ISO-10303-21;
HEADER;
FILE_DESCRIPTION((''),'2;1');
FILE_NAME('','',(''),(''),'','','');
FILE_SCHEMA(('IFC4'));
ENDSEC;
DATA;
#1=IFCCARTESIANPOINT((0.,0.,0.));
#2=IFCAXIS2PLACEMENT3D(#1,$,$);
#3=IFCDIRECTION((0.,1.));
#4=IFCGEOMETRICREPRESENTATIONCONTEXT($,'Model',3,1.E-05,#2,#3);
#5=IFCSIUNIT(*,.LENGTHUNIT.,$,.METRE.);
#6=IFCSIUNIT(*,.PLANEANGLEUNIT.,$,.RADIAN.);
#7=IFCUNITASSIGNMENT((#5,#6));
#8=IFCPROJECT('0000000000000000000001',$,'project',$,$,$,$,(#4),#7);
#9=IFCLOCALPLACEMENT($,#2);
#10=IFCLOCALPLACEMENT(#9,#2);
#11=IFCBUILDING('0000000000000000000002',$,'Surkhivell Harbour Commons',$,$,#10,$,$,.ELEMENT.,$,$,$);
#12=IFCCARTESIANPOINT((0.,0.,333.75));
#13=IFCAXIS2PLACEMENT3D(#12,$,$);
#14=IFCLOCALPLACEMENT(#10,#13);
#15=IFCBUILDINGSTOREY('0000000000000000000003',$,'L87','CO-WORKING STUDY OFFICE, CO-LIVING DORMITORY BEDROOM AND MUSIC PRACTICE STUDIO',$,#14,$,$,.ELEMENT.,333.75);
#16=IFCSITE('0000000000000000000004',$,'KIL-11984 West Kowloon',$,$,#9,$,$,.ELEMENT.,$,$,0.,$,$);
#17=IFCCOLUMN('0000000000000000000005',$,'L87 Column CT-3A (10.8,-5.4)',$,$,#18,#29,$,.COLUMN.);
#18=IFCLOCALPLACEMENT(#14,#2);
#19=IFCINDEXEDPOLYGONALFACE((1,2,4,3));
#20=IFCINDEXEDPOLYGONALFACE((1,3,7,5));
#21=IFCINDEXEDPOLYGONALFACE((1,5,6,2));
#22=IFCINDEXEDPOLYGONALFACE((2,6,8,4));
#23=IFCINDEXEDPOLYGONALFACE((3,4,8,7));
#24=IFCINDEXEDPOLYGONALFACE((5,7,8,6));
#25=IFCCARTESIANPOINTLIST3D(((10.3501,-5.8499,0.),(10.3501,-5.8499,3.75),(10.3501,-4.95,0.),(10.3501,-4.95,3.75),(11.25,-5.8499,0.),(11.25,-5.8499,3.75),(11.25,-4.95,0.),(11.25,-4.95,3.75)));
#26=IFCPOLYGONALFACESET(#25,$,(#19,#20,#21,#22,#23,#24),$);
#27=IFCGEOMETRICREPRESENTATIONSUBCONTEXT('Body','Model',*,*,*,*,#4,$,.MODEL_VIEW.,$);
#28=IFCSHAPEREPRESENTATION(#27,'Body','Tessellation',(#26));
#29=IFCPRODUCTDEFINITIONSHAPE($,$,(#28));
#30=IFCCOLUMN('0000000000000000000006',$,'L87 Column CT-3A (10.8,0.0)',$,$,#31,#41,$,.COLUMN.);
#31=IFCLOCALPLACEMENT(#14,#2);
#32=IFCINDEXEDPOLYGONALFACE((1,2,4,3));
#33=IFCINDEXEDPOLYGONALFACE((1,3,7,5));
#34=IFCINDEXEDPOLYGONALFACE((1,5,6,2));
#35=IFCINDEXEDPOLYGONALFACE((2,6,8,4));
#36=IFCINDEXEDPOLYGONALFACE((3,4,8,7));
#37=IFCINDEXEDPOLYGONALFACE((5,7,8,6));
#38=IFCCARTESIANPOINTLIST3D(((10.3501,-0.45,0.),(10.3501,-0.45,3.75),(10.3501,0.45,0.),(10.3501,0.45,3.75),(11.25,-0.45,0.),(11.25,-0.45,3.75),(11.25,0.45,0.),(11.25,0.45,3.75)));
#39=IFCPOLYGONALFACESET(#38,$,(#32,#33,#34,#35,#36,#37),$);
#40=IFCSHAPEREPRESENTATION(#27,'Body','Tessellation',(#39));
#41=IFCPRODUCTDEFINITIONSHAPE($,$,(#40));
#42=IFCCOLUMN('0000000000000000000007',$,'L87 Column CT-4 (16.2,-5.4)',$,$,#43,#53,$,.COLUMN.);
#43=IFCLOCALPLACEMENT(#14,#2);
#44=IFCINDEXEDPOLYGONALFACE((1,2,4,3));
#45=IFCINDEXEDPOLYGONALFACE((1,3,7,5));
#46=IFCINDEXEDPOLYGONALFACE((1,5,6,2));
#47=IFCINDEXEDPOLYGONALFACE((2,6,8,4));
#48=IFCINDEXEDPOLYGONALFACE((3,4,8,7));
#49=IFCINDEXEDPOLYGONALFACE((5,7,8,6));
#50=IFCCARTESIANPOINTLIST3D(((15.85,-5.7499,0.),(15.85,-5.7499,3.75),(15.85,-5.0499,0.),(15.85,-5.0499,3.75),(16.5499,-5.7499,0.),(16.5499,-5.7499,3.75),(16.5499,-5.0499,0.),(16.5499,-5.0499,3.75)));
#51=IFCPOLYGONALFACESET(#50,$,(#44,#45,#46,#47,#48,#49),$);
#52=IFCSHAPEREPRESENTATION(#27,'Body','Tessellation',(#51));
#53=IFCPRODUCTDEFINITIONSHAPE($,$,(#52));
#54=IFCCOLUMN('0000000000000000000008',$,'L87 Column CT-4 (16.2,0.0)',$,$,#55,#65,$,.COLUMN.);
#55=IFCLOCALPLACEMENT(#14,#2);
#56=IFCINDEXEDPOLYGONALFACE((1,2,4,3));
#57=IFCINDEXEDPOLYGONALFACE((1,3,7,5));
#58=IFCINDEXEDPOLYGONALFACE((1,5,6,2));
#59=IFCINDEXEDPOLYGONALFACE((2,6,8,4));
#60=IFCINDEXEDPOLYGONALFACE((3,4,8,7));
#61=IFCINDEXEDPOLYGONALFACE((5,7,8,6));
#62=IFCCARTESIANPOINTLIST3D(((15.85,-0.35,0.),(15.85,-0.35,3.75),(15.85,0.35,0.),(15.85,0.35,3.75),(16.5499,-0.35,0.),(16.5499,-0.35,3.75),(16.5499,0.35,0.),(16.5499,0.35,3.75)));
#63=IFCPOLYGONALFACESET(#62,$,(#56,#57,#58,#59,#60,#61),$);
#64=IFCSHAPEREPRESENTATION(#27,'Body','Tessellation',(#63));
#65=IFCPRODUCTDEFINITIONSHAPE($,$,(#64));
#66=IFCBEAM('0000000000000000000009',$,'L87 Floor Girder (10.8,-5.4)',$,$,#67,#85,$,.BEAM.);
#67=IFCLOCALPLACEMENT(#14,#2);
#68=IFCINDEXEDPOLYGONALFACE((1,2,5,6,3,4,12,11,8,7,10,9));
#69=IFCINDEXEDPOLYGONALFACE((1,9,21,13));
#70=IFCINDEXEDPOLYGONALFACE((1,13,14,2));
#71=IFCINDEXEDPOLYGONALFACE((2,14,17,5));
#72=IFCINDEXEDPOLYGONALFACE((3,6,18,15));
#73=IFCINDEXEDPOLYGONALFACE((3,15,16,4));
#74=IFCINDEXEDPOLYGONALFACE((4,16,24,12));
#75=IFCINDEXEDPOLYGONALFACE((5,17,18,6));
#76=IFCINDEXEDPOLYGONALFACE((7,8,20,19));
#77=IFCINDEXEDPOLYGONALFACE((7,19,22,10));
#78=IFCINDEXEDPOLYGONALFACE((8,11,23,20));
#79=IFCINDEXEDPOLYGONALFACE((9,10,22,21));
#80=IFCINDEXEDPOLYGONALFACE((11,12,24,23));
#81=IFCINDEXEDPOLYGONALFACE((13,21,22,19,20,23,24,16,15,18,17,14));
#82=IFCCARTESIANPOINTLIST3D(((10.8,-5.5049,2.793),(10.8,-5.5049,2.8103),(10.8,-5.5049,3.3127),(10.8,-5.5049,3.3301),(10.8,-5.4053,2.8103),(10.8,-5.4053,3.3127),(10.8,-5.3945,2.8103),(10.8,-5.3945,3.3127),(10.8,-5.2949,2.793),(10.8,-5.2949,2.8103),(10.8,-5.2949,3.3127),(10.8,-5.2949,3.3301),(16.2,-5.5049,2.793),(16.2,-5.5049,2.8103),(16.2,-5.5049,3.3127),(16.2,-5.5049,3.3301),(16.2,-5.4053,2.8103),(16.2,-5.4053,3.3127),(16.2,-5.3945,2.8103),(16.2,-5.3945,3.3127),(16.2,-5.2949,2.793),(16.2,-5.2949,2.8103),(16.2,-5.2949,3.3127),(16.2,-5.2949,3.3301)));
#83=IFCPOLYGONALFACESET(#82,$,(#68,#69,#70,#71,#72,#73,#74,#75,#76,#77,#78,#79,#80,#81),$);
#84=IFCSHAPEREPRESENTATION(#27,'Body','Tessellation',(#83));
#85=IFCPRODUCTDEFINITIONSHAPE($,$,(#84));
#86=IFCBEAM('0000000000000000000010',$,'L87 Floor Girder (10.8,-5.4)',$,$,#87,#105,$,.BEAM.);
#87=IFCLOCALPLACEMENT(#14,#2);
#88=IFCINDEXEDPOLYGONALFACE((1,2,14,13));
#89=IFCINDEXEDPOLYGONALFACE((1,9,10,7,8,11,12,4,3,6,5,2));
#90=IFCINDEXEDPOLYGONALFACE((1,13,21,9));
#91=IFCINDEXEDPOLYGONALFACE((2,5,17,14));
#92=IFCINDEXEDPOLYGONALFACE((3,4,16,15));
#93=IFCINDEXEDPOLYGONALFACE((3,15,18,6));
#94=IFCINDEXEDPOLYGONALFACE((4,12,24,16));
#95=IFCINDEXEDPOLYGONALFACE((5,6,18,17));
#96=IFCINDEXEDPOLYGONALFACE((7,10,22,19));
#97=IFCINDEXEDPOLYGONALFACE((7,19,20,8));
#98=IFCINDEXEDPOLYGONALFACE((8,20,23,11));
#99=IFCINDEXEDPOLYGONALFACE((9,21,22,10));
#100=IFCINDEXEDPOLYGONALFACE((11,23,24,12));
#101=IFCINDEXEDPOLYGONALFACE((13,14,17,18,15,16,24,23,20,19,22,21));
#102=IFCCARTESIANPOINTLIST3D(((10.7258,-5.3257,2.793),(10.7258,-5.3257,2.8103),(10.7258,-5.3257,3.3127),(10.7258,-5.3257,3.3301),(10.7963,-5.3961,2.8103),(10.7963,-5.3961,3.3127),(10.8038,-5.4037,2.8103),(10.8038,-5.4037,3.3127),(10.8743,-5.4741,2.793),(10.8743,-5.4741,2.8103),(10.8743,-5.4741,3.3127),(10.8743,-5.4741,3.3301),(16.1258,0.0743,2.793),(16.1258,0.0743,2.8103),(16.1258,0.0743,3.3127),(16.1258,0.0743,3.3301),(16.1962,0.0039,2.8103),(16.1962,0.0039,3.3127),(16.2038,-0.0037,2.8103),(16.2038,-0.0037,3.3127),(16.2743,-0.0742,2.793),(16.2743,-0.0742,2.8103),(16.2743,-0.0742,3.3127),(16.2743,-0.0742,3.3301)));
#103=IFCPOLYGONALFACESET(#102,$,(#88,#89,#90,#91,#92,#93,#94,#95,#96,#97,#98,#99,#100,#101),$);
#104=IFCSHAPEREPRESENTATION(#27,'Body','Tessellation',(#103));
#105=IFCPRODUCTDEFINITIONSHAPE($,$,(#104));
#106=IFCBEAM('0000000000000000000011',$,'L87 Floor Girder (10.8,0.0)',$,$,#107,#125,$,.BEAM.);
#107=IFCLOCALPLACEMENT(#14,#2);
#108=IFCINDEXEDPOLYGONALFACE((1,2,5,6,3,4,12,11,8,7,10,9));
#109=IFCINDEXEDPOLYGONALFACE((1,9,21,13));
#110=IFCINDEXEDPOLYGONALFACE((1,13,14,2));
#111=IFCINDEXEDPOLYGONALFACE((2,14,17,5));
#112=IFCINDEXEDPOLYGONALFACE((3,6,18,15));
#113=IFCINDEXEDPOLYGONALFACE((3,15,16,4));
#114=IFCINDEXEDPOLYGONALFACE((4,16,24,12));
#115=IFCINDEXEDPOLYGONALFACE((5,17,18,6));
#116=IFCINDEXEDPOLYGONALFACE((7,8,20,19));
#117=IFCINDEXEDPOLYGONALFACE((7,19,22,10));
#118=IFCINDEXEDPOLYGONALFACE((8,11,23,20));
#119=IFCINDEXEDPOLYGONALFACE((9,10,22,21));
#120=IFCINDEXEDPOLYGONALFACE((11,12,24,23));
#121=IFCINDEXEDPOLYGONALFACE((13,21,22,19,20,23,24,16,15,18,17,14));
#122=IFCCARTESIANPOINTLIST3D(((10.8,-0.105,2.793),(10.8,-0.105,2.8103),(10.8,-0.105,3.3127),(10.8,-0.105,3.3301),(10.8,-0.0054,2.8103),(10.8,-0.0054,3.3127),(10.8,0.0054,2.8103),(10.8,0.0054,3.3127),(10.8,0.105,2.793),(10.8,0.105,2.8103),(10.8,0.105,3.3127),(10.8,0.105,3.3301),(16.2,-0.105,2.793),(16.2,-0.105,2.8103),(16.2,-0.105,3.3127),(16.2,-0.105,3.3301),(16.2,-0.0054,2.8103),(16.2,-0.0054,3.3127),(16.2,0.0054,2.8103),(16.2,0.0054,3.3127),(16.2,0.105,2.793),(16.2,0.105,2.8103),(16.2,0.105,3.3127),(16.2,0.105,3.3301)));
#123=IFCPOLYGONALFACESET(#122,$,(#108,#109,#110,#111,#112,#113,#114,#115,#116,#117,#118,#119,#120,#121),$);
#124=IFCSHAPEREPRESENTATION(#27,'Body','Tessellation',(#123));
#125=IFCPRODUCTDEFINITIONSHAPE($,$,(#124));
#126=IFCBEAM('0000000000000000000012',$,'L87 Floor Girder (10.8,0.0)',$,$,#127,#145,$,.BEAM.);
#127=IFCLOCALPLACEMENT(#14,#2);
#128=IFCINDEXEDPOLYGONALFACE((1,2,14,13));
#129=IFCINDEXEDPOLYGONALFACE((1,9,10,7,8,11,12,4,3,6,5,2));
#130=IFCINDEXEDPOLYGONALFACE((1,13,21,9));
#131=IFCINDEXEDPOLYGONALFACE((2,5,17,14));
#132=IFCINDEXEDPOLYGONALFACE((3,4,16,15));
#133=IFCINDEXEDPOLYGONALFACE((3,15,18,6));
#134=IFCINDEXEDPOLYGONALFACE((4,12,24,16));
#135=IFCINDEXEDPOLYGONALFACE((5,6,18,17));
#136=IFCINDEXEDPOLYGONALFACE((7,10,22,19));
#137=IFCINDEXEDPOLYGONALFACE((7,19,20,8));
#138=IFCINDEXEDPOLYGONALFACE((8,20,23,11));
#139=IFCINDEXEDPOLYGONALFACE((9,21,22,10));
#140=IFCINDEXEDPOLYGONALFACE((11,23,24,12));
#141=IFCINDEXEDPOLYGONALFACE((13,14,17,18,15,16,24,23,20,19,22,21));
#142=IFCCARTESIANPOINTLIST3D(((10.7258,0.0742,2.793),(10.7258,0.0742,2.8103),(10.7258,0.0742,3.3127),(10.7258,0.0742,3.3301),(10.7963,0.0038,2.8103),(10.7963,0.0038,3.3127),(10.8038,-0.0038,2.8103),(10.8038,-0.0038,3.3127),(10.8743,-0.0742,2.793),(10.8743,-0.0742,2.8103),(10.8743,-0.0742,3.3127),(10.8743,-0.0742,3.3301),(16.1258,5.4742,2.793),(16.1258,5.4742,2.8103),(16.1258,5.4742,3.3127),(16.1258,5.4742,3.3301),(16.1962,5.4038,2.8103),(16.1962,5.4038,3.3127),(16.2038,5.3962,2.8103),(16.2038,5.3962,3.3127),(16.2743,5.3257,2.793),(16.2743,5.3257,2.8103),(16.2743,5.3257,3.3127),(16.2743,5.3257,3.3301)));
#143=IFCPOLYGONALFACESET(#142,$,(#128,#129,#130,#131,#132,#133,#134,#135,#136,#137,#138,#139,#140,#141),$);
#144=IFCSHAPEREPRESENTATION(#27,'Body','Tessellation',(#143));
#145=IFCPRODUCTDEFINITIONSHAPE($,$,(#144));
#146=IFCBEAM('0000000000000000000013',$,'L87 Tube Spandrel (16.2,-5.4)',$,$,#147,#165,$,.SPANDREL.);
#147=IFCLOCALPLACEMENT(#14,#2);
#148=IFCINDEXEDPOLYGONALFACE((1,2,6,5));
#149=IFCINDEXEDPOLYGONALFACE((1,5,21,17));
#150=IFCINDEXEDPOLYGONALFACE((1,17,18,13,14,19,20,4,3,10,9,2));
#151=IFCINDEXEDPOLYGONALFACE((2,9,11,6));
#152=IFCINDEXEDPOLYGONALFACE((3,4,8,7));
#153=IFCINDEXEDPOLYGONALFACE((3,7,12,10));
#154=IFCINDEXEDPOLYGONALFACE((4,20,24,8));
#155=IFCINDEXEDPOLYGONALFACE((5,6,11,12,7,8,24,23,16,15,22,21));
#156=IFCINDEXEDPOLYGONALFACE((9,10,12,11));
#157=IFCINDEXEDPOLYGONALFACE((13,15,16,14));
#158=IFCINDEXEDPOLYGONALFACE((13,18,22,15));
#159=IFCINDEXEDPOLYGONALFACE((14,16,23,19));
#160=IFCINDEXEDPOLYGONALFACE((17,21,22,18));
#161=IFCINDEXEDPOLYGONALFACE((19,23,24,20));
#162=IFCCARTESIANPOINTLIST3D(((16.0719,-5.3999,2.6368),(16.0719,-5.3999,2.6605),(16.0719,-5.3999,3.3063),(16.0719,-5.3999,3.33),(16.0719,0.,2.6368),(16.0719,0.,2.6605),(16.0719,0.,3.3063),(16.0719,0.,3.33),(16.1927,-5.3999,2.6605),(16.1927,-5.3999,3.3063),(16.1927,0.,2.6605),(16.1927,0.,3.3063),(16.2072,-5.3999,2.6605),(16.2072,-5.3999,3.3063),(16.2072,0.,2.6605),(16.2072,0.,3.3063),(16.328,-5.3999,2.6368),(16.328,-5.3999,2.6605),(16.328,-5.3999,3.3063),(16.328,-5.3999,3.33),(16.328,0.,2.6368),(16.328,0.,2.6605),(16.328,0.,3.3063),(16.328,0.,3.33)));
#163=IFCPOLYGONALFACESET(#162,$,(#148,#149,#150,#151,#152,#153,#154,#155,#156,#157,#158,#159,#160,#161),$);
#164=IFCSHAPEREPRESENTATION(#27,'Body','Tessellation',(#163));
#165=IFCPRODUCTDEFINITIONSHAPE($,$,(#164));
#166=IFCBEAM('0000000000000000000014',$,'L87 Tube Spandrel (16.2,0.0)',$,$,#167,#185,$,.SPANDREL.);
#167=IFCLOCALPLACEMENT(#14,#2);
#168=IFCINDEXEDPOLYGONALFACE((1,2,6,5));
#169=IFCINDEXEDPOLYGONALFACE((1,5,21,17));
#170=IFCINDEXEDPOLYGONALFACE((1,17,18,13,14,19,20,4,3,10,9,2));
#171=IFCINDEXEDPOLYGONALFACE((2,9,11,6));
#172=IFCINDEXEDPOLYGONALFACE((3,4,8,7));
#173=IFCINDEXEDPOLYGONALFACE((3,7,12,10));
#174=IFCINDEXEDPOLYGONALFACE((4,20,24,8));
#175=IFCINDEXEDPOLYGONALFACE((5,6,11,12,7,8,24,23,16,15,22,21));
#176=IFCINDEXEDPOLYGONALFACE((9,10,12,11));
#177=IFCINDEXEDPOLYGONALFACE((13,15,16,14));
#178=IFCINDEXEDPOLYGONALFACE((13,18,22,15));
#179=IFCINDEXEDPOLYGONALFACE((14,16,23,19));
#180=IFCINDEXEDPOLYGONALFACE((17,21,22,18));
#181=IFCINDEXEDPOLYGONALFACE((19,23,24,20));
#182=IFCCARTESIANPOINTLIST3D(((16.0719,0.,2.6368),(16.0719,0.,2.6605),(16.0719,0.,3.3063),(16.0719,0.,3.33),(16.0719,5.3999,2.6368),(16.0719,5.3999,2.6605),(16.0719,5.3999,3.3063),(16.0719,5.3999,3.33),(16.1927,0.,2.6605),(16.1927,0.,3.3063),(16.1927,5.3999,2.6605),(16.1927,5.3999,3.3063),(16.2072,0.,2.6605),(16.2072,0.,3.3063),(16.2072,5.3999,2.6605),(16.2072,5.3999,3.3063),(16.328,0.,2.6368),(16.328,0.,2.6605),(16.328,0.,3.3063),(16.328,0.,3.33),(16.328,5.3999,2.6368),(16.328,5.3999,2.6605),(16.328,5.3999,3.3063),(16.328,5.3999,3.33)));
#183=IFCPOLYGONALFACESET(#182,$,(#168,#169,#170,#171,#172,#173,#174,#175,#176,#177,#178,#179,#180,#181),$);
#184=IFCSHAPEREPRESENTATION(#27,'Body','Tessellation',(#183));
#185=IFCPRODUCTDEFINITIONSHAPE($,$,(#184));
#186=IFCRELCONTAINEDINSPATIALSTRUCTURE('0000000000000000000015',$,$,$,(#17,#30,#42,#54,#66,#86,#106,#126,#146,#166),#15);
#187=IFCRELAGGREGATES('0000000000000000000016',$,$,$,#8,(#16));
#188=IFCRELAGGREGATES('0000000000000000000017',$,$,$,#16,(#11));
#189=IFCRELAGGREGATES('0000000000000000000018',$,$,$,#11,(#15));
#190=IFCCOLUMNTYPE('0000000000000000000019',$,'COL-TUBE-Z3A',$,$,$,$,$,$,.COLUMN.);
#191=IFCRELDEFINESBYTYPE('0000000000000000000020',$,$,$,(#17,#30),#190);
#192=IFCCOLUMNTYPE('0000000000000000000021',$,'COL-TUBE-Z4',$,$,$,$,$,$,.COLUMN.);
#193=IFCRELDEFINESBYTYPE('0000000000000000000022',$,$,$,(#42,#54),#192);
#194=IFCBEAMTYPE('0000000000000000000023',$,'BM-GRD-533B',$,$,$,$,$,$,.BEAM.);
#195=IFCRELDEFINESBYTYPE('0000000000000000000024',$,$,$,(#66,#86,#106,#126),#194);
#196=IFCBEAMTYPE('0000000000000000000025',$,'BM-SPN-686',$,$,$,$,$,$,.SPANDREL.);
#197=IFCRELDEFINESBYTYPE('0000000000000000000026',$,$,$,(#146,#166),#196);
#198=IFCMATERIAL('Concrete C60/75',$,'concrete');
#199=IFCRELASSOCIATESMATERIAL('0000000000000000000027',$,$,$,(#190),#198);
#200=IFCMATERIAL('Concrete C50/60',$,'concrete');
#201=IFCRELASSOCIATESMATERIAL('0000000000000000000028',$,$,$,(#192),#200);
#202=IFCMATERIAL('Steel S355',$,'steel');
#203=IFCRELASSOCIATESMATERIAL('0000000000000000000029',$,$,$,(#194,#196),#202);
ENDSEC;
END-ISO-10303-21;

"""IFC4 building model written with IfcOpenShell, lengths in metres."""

from ifc_helpers import new_model, si_unit, direction, frame, origin, origin_2d, place, context, subcontext, project, spatial, rectangle, i_section, extrude, material, material_profile, profile_set, type_object, element, save


model = new_model("IFC4")

# Units and contexts
model_context = context("Model", 3, precision=1e-05, world=origin(), true_north=direction((0.0, 1.0)))
body_context = subcontext(model_context, "Body", "Model", "MODEL_VIEW")
ifc_project = project(units=[si_unit("LENGTHUNIT", "METRE"), si_unit("PLANEANGLEUNIT", "RADIAN")], contexts=[model_context])

# Site, building, storey
site_placement = place(None, origin())
site = spatial("IfcSite", under=ifc_project, at=site_placement, Name="KIL-11984 West Kowloon", CompositionType="ELEMENT", RefElevation=0.0)
building_placement = place(site_placement, origin())
building = spatial("IfcBuilding", under=site, at=building_placement, Name="Surkhivell Harbour Commons", CompositionType="ELEMENT")
storey_placement = place(building_placement, frame((0.0, 0.0, 333.75)))
storey = spatial("IfcBuildingStorey", under=building, at=storey_placement, Name="L87", Description="CO-WORKING STUDY OFFICE, CO-LIVING DORMITORY BEDROOM AND MUSIC PRACTICE STUDIO", CompositionType="ELEMENT", Elevation=333.75)

# Columns
ifc_material_1 = material(Name="Concrete C60/75", Category="concrete")
ifc_material_profile_1 = material_profile(ifc_material_1, rectangle(XDim=0.8999, YDim=0.8999, at=origin_2d()), Name="RC-COL-900x900")
ifc_profile_set_1 = profile_set([ifc_material_profile_1], Name="Concrete C60/75")
column_type_1 = type_object("IfcColumnType", Name="COL-TUBE-Z3A", PredefinedType="COLUMN", material=ifc_profile_set_1)
for number, where, z_axis, x_axis, name in (
    (1, (10.8, -5.3999, 0.0), (0.0, 0.0, 1.0), (1.0, 0.0, 0.0), "L87 Column CT-3A (10.8,-5.4)"),
    (2, (10.8, 0.0, 0.0), (0.0, 0.0, 1.0), (1.0, 0.0, 0.0), "L87 Column CT-3A (10.8,0.0)"),
):
    element("IfcColumn", number, at=place(storey_placement, frame(where, z_axis=z_axis, x_axis=x_axis)), inside=storey, type_object=column_type_1, Name=name, PredefinedType="COLUMN", context=body_context, shape_type="SweptSolid", body=[
        extrude(rectangle(XDim=0.8999, YDim=0.8999, at=origin_2d()), origin(), (0.0, 0.0, 1.0), 3.75),
    ])
ifc_material_2 = material(Name="Concrete C50/60", Category="concrete")
ifc_material_profile_2 = material_profile(ifc_material_2, rectangle(XDim=0.7, YDim=0.7, at=origin_2d()), Name="RC-COL-700x700")
ifc_profile_set_2 = profile_set([ifc_material_profile_2], Name="Concrete C50/60")
column_type_2 = type_object("IfcColumnType", Name="COL-TUBE-Z4", PredefinedType="COLUMN", material=ifc_profile_set_2)
for number, where, z_axis, x_axis, name in (
    (3, (16.2, -5.3999, 0.0), (0.0, 0.0, 1.0), (1.0, 0.0, 0.0), "L87 Column CT-4 (16.2,-5.4)"),
    (4, (16.2, 0.0, 0.0), (0.0, 0.0, 1.0), (1.0, 0.0, 0.0), "L87 Column CT-4 (16.2,0.0)"),
):
    element("IfcColumn", number, at=place(storey_placement, frame(where, z_axis=z_axis, x_axis=x_axis)), inside=storey, type_object=column_type_2, Name=name, PredefinedType="COLUMN", context=body_context, shape_type="SweptSolid", body=[
        extrude(rectangle(XDim=0.7, YDim=0.7, at=origin_2d()), origin(), (0.0, 0.0, 1.0), 3.75),
    ])

# Beams
ifc_material_3 = material(Name="Steel S355", Category="steel")
ifc_material_profile_3 = material_profile(ifc_material_3, i_section(OverallWidth=0.21, OverallDepth=0.5371, WebThickness=0.0107, FlangeThickness=0.0173, at=origin_2d()), Name="UB533x210x101")
ifc_profile_set_3 = profile_set([ifc_material_profile_3], Name="Steel S355")
beam_type_1 = type_object("IfcBeamType", Name="BM-GRD-533B", PredefinedType="BEAM", material=ifc_profile_set_3)
beam_1_placement = place(storey_placement, frame((10.8, -5.3999, 3.0615), z_axis=(1.0, 0.0, 0.0), x_axis=(0.0, 1.0, 0.0)))
element("IfcBeam", 5, at=beam_1_placement, inside=storey, type_object=beam_type_1, Name="L87 Floor Girder (10.8,-5.4)", PredefinedType="BEAM", context=body_context, shape_type="SweptSolid", body=[
    extrude(i_section(OverallWidth=0.21, OverallDepth=0.5371, WebThickness=0.0107, FlangeThickness=0.0173, at=origin_2d()), origin(), (0.0, 0.0, 1.0), 5.3999),
])
beam_2_placement = place(storey_placement, frame((10.8, -5.3999, 3.0615), z_axis=(0.707107, 0.707107, 0.0), x_axis=(-0.707107, 0.707107, 0.0)))
element("IfcBeam", 6, at=beam_2_placement, inside=storey, type_object=beam_type_1, Name="L87 Floor Girder (10.8,-5.4)", PredefinedType="BEAM", context=body_context, shape_type="SweptSolid", body=[
    extrude(i_section(OverallWidth=0.21, OverallDepth=0.5371, WebThickness=0.0107, FlangeThickness=0.0173, at=origin_2d()), origin(), (0.0, 0.0, 1.0), 7.6367),
])
beam_3_placement = place(storey_placement, frame((10.8, 0.0, 3.0615), z_axis=(1.0, 0.0, 0.0), x_axis=(0.0, 1.0, 0.0)))
element("IfcBeam", 7, at=beam_3_placement, inside=storey, type_object=beam_type_1, Name="L87 Floor Girder (10.8,0.0)", PredefinedType="BEAM", context=body_context, shape_type="SweptSolid", body=[
    extrude(i_section(OverallWidth=0.21, OverallDepth=0.5371, WebThickness=0.0107, FlangeThickness=0.0173, at=origin_2d()), origin(), (0.0, 0.0, 1.0), 5.3999),
])
beam_4_placement = place(storey_placement, frame((10.8, 0.0, 3.0615), z_axis=(0.707107, 0.707107, 0.0), x_axis=(-0.707107, 0.707107, 0.0)))
element("IfcBeam", 8, at=beam_4_placement, inside=storey, type_object=beam_type_1, Name="L87 Floor Girder (10.8,0.0)", PredefinedType="BEAM", context=body_context, shape_type="SweptSolid", body=[
    extrude(i_section(OverallWidth=0.21, OverallDepth=0.5371, WebThickness=0.0107, FlangeThickness=0.0173, at=origin_2d()), origin(), (0.0, 0.0, 1.0), 7.6367),
])
ifc_material_profile_4 = material_profile(ifc_material_3, i_section(OverallWidth=0.2561, OverallDepth=0.6931, WebThickness=0.0144, FlangeThickness=0.0237, at=origin_2d()), Name="UB686x254x170")
ifc_profile_set_4 = profile_set([ifc_material_profile_4], Name="Steel S355")
beam_type_2 = type_object("IfcBeamType", Name="BM-SPN-686", PredefinedType="SPANDREL", material=ifc_profile_set_4)
for number, where, z_axis, x_axis, name in (
    (9, (16.2, -5.3999, 2.9834), (0.0, 1.0, 0.0), (-1.0, 0.0, 0.0), "L87 Tube Spandrel (16.2,-5.4)"),
    (10, (16.2, 0.0, 2.9834), (0.0, 1.0, 0.0), (-1.0, 0.0, 0.0), "L87 Tube Spandrel (16.2,0.0)"),
):
    element("IfcBeam", number, at=place(storey_placement, frame(where, z_axis=z_axis, x_axis=x_axis)), inside=storey, type_object=beam_type_2, Name=name, PredefinedType="SPANDREL", context=body_context, shape_type="SweptSolid", body=[
        extrude(i_section(OverallWidth=0.2561, OverallDepth=0.6931, WebThickness=0.0144, FlangeThickness=0.0237, at=origin_2d()), origin(), (0.0, 0.0, 1.0), 5.3999),
    ])

save(model, "model.ifc")
